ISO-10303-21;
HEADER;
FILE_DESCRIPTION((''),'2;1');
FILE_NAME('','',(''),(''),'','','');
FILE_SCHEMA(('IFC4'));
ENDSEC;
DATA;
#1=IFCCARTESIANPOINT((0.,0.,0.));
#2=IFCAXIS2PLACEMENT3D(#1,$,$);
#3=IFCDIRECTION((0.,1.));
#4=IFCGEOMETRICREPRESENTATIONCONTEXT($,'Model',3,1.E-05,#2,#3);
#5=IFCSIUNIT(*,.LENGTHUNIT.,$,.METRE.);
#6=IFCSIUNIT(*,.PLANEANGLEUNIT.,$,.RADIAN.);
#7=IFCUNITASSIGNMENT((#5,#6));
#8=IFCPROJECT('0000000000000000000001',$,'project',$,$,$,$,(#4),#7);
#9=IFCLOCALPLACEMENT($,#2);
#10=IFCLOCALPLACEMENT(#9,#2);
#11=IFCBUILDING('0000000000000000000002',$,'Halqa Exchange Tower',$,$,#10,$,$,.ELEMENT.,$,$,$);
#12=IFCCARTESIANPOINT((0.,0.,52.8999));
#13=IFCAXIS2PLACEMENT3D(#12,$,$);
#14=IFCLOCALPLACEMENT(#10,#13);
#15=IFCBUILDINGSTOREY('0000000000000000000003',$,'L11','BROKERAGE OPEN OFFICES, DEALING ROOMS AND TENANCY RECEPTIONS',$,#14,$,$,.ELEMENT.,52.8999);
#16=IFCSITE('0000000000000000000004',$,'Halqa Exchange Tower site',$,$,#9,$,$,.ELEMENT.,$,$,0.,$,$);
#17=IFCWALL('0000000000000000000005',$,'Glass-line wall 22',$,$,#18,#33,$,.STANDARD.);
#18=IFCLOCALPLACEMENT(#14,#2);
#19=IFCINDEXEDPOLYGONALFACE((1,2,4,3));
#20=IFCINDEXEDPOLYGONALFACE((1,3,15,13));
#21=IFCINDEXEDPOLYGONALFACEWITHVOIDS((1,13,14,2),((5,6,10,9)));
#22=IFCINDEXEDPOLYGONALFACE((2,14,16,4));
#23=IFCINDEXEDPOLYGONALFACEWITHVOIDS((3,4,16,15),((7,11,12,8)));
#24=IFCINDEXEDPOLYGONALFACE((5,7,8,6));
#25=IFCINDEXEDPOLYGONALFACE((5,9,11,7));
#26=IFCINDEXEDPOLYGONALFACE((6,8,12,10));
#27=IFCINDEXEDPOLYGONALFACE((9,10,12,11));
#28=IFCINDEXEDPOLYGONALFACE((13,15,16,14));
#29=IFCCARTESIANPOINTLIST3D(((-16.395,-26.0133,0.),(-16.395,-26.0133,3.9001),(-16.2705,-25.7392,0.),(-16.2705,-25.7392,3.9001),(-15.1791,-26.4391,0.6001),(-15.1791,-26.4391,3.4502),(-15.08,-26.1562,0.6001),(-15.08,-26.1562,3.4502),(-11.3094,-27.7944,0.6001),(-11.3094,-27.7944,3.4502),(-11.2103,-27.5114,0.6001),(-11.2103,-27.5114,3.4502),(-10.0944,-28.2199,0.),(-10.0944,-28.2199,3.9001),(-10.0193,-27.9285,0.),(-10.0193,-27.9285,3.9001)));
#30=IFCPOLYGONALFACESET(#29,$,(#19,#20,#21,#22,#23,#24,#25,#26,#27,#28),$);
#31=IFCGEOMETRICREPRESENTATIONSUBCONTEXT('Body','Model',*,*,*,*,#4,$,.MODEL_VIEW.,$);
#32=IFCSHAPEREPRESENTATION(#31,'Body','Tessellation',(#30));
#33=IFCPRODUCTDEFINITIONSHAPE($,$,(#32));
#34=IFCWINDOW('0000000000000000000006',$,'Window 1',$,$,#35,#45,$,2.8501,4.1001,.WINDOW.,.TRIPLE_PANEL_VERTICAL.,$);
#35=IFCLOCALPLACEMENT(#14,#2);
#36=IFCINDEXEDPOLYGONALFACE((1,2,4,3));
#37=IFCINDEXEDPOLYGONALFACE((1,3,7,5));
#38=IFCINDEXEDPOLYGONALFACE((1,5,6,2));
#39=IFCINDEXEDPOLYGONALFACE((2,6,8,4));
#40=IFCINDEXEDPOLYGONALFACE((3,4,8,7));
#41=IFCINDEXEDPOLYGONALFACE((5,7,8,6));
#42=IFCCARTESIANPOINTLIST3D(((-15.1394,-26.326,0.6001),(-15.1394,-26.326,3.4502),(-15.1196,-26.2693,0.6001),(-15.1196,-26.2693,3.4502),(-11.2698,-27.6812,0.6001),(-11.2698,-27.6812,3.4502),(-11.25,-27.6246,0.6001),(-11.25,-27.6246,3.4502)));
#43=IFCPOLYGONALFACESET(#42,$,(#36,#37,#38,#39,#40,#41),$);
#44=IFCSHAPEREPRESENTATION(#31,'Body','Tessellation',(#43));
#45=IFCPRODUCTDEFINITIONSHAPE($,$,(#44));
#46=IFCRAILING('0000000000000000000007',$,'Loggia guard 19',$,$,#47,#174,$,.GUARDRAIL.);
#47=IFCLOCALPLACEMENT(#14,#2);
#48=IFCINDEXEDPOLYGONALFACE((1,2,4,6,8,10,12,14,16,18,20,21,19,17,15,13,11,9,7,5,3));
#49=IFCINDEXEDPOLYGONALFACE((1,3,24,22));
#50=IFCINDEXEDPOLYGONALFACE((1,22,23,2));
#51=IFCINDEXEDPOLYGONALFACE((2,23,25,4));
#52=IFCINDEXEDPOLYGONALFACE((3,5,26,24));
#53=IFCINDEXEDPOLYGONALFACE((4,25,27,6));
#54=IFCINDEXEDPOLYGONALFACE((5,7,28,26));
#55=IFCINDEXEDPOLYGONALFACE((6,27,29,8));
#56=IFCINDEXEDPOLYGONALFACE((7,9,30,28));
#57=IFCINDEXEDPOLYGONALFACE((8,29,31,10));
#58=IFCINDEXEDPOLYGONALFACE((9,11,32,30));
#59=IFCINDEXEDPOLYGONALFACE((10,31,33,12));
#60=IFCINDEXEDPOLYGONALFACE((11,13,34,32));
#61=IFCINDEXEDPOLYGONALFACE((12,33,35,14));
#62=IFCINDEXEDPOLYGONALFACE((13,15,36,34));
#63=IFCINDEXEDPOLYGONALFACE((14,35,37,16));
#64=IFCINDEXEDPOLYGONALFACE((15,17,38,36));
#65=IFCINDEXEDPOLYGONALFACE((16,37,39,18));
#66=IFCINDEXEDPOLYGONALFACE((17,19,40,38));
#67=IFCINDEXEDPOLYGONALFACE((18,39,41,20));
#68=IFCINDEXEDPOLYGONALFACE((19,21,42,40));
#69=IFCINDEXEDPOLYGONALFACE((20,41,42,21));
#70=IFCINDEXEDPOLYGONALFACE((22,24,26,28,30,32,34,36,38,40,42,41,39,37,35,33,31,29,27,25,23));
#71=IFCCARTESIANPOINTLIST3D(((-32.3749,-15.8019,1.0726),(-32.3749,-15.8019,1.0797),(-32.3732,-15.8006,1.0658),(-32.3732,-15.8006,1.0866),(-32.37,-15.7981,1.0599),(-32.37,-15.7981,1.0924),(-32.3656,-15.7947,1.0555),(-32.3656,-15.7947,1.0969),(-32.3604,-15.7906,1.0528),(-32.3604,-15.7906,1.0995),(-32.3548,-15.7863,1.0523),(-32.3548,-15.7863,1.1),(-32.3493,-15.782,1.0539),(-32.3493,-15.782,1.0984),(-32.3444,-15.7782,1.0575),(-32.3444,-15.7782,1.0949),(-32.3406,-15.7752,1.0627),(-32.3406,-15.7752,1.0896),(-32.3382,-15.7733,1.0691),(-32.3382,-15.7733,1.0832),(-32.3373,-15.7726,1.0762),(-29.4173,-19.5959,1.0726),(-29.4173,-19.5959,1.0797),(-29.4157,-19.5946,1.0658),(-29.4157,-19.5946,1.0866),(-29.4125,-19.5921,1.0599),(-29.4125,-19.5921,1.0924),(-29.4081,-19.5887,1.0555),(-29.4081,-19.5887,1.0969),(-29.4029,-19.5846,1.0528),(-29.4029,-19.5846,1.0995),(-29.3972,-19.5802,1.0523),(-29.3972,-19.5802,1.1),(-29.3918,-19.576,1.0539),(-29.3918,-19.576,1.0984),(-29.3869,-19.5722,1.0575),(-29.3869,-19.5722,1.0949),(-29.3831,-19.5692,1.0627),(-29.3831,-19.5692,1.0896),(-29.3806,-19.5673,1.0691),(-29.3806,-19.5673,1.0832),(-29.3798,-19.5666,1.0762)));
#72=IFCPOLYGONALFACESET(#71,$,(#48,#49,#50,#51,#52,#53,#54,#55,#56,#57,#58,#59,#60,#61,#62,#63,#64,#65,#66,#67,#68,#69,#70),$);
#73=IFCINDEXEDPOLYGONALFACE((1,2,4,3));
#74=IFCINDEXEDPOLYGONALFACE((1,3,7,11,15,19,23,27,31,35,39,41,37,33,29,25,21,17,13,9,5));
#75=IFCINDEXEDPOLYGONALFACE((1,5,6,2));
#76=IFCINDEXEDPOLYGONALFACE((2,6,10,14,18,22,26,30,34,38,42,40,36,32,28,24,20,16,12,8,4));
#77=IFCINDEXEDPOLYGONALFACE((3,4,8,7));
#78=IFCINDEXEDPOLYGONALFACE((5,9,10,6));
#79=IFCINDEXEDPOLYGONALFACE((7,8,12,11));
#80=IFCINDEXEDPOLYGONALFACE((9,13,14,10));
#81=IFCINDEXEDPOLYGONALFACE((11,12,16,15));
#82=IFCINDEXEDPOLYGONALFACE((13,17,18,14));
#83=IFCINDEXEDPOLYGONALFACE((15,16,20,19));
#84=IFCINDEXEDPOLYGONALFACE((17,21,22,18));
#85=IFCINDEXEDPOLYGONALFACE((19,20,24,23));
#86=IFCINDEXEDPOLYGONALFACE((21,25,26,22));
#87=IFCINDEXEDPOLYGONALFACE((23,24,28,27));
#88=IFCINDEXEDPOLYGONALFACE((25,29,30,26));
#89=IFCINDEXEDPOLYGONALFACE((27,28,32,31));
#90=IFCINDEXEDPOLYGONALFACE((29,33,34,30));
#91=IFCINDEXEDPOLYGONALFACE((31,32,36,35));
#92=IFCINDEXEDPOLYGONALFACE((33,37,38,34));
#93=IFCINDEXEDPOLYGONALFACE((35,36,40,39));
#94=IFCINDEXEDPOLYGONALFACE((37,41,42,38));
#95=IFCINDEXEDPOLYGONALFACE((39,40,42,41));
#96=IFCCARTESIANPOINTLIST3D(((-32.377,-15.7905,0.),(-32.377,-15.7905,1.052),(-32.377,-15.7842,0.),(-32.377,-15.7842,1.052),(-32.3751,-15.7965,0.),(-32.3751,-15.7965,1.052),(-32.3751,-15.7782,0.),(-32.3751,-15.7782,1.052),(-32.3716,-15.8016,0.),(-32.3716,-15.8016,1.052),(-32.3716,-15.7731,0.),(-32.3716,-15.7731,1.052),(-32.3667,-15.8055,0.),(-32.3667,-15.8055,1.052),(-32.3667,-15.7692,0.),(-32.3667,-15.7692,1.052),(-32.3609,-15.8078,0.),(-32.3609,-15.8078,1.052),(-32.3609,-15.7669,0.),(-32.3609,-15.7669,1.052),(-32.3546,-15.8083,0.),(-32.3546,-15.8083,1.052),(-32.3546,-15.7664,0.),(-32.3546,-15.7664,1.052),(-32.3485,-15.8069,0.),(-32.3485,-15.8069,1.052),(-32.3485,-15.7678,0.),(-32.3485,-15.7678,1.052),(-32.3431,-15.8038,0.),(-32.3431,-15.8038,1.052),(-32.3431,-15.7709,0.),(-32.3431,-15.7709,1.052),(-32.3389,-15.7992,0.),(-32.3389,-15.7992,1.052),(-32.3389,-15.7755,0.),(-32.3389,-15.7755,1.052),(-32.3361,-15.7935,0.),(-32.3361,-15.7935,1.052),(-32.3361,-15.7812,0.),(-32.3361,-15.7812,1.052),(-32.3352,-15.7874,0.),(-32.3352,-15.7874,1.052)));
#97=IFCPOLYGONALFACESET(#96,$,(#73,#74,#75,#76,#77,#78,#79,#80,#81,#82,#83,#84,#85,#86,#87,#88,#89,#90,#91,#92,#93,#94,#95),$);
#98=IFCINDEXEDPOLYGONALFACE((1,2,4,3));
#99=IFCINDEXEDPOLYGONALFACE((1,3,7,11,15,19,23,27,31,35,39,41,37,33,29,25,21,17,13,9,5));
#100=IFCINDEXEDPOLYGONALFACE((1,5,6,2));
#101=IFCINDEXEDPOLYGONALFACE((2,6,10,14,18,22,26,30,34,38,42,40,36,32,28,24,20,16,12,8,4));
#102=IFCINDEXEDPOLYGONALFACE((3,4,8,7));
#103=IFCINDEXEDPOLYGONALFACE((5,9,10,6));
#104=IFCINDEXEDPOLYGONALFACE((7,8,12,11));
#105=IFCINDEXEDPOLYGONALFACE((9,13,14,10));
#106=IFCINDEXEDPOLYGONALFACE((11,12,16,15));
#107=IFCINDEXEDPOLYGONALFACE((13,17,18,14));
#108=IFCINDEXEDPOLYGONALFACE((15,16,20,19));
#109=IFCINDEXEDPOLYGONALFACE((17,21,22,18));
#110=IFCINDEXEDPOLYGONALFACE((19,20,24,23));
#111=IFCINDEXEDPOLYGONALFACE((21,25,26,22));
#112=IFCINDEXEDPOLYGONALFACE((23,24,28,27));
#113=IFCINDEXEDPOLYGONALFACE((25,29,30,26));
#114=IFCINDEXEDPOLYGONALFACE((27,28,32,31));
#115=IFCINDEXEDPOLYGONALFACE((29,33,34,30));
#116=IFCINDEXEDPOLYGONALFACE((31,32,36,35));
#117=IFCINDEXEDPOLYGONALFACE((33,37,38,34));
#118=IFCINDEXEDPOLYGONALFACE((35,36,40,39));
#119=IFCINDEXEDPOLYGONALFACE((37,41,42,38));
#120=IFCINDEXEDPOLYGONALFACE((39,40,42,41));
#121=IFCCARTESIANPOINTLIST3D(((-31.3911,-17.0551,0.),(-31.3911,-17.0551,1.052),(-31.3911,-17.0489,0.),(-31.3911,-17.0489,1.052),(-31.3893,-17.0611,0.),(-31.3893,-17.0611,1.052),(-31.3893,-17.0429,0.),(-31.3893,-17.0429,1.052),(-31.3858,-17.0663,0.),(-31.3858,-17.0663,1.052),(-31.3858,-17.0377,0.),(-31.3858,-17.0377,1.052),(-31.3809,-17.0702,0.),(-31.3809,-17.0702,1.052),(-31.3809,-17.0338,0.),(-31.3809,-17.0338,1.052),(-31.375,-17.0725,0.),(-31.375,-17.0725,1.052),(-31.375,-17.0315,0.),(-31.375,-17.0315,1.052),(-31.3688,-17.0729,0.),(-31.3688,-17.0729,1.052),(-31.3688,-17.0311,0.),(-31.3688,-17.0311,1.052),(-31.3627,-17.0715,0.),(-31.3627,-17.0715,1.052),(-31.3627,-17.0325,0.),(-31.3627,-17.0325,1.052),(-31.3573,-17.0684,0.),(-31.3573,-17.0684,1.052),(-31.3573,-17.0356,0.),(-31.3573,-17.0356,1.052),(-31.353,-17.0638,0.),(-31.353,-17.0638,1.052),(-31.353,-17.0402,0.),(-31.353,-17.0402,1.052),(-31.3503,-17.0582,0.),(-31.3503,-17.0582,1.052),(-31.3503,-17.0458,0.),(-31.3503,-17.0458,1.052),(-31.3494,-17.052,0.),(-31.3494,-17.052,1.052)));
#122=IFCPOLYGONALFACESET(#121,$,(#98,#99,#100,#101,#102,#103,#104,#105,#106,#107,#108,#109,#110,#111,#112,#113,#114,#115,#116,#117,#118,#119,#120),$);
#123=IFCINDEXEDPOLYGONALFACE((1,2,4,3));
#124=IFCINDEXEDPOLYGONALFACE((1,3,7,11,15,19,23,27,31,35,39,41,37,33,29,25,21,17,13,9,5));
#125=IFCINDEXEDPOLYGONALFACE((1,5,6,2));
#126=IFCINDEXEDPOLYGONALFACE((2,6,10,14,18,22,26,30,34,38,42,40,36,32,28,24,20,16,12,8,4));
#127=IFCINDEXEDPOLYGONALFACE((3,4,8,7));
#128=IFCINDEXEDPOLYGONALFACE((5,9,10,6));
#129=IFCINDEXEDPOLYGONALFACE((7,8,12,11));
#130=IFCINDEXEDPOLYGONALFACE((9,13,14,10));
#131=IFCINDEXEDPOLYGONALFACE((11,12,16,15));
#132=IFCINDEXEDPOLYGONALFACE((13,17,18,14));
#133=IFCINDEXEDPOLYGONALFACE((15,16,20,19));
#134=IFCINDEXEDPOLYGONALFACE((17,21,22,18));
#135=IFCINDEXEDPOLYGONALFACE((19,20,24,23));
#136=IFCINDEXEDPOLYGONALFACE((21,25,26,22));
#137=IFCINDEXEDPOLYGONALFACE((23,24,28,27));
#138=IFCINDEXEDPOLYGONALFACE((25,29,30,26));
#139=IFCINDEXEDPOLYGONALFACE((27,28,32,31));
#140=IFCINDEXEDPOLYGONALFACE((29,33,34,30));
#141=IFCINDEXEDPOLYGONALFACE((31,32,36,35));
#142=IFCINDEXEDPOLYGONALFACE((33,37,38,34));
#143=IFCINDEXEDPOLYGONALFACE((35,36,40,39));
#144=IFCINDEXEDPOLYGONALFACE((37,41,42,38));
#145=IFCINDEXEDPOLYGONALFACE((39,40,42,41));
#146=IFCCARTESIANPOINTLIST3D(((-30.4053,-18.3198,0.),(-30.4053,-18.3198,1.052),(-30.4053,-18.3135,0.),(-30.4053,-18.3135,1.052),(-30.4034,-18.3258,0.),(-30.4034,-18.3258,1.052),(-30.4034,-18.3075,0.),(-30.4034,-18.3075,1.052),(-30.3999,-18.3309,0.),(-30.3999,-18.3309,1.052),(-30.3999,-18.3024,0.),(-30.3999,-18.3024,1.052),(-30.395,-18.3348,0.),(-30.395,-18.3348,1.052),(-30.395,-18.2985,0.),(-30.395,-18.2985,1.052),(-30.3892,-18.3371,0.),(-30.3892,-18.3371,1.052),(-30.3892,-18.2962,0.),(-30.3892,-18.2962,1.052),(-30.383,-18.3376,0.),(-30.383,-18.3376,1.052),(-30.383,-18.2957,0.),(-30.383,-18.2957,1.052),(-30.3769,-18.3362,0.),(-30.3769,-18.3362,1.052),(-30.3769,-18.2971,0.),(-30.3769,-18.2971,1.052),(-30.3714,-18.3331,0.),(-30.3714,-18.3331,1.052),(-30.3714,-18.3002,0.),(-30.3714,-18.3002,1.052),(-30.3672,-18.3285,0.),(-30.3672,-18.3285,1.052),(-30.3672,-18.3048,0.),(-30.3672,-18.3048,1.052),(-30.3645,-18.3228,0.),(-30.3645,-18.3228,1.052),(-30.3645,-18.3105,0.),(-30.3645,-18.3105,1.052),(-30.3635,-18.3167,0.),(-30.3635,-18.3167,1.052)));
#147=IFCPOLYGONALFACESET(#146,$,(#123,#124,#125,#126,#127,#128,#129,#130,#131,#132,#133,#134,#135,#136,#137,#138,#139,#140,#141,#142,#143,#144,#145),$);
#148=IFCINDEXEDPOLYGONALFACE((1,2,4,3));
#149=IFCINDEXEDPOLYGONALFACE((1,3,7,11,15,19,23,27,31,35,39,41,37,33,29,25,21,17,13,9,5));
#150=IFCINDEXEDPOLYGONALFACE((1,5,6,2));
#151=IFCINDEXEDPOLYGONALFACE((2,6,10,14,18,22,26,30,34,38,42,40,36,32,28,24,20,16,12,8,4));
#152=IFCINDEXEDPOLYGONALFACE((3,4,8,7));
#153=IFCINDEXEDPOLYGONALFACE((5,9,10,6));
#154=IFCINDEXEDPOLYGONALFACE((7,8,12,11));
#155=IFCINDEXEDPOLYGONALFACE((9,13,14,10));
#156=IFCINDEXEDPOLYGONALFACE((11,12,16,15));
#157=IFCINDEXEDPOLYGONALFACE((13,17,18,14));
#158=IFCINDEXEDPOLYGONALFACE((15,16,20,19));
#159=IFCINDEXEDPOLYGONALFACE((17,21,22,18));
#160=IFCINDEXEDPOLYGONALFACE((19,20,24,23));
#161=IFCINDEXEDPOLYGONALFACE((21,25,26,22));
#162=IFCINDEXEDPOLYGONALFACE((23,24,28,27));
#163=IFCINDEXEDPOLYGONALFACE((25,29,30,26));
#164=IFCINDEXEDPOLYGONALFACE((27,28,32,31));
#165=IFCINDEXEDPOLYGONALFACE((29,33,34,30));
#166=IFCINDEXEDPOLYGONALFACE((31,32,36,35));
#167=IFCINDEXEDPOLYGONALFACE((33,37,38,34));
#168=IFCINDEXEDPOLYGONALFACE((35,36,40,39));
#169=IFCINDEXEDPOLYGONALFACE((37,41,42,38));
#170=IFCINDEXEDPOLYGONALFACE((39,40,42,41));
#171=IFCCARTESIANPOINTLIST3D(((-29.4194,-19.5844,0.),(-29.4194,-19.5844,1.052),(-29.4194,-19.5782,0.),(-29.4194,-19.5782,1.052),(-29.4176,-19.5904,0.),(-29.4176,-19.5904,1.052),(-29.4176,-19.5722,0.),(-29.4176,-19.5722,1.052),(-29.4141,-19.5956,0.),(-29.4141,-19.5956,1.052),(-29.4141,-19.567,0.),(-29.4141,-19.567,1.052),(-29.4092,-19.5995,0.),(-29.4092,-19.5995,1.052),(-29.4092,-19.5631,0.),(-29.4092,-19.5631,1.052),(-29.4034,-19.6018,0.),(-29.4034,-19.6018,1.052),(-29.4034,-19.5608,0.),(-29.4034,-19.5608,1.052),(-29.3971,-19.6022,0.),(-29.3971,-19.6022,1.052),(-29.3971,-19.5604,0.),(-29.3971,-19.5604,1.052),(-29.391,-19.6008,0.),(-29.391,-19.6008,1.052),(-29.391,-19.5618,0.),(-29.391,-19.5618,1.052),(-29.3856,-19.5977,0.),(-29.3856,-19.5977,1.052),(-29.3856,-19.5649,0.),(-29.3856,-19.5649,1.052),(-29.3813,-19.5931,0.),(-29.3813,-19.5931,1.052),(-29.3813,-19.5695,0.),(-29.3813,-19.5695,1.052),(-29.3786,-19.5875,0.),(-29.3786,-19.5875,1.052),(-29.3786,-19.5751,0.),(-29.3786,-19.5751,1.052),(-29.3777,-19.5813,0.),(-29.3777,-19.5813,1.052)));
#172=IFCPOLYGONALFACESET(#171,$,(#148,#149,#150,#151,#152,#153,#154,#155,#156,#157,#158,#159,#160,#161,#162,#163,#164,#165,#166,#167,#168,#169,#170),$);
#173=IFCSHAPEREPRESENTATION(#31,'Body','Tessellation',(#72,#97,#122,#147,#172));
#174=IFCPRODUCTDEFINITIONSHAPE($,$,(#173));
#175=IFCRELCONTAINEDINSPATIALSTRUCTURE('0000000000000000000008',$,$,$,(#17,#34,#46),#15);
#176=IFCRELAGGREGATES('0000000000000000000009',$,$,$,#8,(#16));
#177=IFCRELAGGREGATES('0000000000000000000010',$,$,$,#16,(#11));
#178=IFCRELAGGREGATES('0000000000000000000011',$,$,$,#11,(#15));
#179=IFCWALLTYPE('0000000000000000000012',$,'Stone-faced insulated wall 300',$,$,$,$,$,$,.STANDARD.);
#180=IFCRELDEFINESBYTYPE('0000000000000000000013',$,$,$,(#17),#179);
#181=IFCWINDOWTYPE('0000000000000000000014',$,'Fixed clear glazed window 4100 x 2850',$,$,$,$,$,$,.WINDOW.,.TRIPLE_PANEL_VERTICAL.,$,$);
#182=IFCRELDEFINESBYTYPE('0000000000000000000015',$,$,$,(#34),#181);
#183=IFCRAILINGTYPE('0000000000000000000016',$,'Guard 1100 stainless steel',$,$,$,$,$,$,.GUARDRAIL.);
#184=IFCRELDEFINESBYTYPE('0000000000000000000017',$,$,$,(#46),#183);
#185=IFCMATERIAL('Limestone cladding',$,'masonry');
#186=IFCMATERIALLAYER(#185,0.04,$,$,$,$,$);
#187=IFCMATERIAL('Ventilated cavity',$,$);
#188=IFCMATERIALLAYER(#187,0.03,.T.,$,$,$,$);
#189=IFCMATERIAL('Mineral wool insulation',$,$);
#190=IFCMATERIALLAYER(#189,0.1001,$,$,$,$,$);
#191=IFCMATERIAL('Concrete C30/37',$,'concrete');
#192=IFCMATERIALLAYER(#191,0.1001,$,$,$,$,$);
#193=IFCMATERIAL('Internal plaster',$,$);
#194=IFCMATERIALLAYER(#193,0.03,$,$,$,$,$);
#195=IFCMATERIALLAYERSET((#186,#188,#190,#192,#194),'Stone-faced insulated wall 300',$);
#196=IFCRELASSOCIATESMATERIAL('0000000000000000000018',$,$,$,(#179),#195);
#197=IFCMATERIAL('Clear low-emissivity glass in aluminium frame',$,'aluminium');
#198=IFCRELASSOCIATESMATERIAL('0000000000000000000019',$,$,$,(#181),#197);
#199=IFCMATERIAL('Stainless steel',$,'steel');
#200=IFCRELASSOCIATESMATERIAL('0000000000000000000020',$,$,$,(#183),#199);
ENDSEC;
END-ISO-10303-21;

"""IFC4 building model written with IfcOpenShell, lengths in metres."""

from ifc_helpers import new_model, si_unit, direction, frame, frame_2d, origin, origin_2d, place, context, subcontext, project, spatial, polyline, rectangle, circle, outline, extrude, material, layer, layer_set, type_object, element, fill, save


model = new_model("IFC4")

# Units and contexts
model_context = context("Model", 3, precision=1e-05, world=origin(), true_north=direction((0.0, 1.0)))
body_context = subcontext(model_context, "Body", "Model", "MODEL_VIEW")
ifc_project = project(units=[si_unit("LENGTHUNIT", "METRE"), si_unit("PLANEANGLEUNIT", "RADIAN")], contexts=[model_context])

# Site, building, storey
site_placement = place(None, origin())
site = spatial("IfcSite", under=ifc_project, at=site_placement, Name="Halqa Exchange Tower site", CompositionType="ELEMENT", RefElevation=0.0)
building_placement = place(site_placement, origin())
building = spatial("IfcBuilding", under=site, at=building_placement, Name="Halqa Exchange Tower", CompositionType="ELEMENT")
storey_placement = place(building_placement, frame((0.0, 0.0, 52.8999)))
storey = spatial("IfcBuildingStorey", under=building, at=storey_placement, Name="L11", Description="BROKERAGE OPEN OFFICES, DEALING ROOMS AND TENANCY RECEPTIONS", CompositionType="ELEMENT", Elevation=52.8999)

# Shared definitions
ifc_material_1 = material(Name="Limestone cladding", Category="masonry")
ifc_layer_1 = layer(ifc_material_1, 0.04)
ifc_material_2 = material(Name="Ventilated cavity")
ifc_layer_2 = layer(ifc_material_2, 0.03, ventilated=True)
ifc_material_3 = material(Name="Mineral wool insulation")
ifc_layer_3 = layer(ifc_material_3, 0.1001)
ifc_material_4 = material(Name="Concrete C30/37", Category="concrete")
ifc_layer_4 = layer(ifc_material_4, 0.1001)
ifc_material_5 = material(Name="Internal plaster")
ifc_layer_5 = layer(ifc_material_5, 0.03)
ifc_layer_set_1 = layer_set([ifc_layer_1, ifc_layer_2, ifc_layer_3, ifc_layer_4, ifc_layer_5], Name="Stone-faced insulated wall 300")
wall_type_1 = type_object("IfcWallType", Name="Stone-faced insulated wall 300", PredefinedType="STANDARD", material=ifc_layer_set_1)
ifc_material_6 = material(Name="Clear low-emissivity glass in aluminium frame", Category="aluminium")

# Wall, opening, window
window_type = type_object("IfcWindowType", Name="Fixed clear glazed window 4100 x 2850", PartitioningType="TRIPLE_PANEL_VERTICAL", PredefinedType="WINDOW", material=ifc_material_6)
wall_1_placement = place(storey_placement, frame((-16.3328, -25.8762, 0.0), z_axis=(0.0, 0.0, 1.0), x_axis=(0.943791, -0.330543, 0.0)))
wall_1 = element("IfcWall", 1, at=wall_1_placement, inside=storey, type_object=wall_type_1, Name="Glass-line wall 22", PredefinedType="STANDARD", context=body_context, shape_type="SweptSolid", body=[
    extrude(outline(polyline([(-0.0134, -0.1499), (6.6624, -0.1499), (6.637, 0.1499), (0.0134, 0.1499), (-0.0134, -0.1499)])), origin(), (0.0, 0.0, 1.0), 3.9001),
])
opening_1_placement = place(wall_1_placement, frame((1.2749, 0.0, 0.6001)))
opening_1 = element("IfcOpeningElement", 2, at=opening_1_placement, cuts=wall_1, PredefinedType="OPENING", context=body_context, shape_type="SweptSolid", body=[
    extrude(rectangle(XDim=4.1001, YDim=2.8501, at=frame_2d((2.05, 1.425))), frame((0.0, 0.1621, 0.0), z_axis=(0.0, -1.0, 0.0), x_axis=(1.0, 0.0, 0.0)), (0.0, 0.0, 1.0), 0.324),
])
window_1_placement = place(opening_1_placement, origin())
window_1 = element("IfcWindow", 3, at=window_1_placement, inside=storey, type_object=window_type, Name="Window 1", OverallHeight=2.8501, OverallWidth=4.1001, PartitioningType="TRIPLE_PANEL_VERTICAL", PredefinedType="WINDOW", context=body_context, shape_type="SweptSolid", body=[
    extrude(rectangle(XDim=4.1001, YDim=2.8501, at=frame_2d((2.05, 1.425))), frame((0.0, 0.03, 0.0), z_axis=(0.0, -1.0, 0.0), x_axis=(1.0, 0.0, 0.0)), (0.0, 0.0, 1.0), 0.0601),
])
fill(opening_1, window_1)

# Railing
ifc_material_7 = material(Name="Stainless steel", Category="steel")
railing_type = type_object("IfcRailingType", Name="Guard 1100 stainless steel", PredefinedType="GUARDRAIL", material=ifc_material_7)
railing_1_placement = place(storey_placement, frame((-32.3562, -15.7874, 0.0)))
element("IfcRailing", 4, at=railing_1_placement, inside=storey, type_object=railing_type, Name="Loggia guard 19", PredefinedType="GUARDRAIL", context=body_context, shape_type="SweptSolid", body=[
    extrude(circle(Radius=0.0239, at=origin_2d()), frame((0.0, 0.0, 1.0762), z_axis=(0.614805, -0.788679, 0.0), x_axis=(0.788679, 0.614805, 0.0)), (0.0, 0.0, 1.0), 4.8105),
    extrude(circle(Radius=0.021, at=origin_2d()), origin(), (0.0, 0.0, 1.0), 1.052),
    extrude(circle(Radius=0.021, at=origin_2d()), frame((0.9858, -1.2646, 0.0)), (0.0, 0.0, 1.0), 1.052),
    extrude(circle(Radius=0.021, at=origin_2d()), frame((1.9717, -2.5293, 0.0)), (0.0, 0.0, 1.0), 1.052),
    extrude(circle(Radius=0.021, at=origin_2d()), frame((2.9575, -3.7939, 0.0)), (0.0, 0.0, 1.0), 1.052),
])

save(model, "model.ifc")
